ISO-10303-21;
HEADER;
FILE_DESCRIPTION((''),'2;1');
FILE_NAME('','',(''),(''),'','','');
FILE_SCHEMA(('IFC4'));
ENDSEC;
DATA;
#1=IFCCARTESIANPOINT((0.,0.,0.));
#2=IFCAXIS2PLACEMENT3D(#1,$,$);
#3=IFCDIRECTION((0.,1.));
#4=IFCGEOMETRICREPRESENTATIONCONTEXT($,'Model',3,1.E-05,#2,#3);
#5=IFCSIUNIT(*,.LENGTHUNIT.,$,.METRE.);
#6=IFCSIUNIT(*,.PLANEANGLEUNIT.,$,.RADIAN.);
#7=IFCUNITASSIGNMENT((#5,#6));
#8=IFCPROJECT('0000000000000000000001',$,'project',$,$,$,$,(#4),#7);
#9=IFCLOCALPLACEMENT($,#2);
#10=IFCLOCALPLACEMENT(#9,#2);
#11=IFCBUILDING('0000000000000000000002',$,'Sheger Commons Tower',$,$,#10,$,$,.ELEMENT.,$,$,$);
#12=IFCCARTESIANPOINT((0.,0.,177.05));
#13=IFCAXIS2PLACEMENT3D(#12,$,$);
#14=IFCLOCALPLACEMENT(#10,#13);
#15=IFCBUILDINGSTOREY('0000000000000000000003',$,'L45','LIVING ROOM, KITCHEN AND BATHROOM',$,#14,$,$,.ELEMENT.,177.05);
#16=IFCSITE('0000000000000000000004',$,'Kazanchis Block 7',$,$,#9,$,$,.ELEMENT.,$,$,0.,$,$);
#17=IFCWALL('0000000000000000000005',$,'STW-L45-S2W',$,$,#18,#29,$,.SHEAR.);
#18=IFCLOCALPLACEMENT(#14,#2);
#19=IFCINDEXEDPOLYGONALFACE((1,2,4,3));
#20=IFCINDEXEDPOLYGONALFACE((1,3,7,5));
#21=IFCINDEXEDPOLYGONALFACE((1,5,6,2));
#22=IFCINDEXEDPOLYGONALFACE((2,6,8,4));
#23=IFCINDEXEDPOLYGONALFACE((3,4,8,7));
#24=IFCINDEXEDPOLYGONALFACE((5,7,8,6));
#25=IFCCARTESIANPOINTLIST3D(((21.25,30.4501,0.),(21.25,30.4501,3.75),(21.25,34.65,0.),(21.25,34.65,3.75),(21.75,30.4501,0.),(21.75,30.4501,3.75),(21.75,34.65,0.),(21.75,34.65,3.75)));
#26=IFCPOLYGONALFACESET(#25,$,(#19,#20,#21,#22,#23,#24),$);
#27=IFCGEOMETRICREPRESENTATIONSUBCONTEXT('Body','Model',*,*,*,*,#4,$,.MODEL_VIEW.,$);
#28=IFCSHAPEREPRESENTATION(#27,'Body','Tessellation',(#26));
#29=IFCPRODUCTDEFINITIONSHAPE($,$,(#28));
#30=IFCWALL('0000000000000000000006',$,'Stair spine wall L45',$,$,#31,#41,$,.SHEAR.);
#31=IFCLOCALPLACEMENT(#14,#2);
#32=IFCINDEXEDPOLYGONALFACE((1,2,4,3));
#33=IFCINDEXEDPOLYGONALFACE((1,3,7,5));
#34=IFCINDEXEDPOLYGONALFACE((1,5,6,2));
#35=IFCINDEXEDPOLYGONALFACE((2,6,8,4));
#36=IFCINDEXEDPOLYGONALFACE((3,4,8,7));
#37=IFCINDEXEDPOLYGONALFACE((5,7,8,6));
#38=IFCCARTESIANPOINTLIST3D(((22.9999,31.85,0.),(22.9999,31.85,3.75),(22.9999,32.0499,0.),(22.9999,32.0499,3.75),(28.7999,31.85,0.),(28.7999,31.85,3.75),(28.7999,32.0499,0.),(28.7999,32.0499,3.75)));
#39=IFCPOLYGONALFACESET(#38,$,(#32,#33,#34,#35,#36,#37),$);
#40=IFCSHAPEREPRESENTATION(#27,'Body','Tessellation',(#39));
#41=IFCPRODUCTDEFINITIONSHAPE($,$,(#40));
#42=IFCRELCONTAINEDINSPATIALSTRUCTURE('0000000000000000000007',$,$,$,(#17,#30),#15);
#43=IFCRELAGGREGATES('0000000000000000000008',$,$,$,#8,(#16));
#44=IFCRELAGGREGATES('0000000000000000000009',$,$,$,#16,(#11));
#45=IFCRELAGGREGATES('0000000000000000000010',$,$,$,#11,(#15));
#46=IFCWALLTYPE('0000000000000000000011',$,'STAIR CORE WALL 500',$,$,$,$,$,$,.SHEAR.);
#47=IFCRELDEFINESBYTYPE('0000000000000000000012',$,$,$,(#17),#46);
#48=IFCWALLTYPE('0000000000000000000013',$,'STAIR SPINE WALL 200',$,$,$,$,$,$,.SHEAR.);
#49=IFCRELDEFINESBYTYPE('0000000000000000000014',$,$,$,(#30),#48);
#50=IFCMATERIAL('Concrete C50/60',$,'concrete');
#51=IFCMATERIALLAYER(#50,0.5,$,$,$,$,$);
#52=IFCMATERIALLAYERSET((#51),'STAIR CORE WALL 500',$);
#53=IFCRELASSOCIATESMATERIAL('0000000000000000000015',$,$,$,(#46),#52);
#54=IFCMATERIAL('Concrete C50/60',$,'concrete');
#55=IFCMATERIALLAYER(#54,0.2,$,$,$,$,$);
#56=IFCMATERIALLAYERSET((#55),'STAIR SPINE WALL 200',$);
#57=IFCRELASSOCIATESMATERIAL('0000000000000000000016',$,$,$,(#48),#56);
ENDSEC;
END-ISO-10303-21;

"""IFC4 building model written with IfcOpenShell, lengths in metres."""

from ifc_helpers import new_model, si_unit, direction, frame, frame_2d, origin, place, context, subcontext, project, spatial, rectangle, extrude, material, layer, layer_set, type_object, element, save


model = new_model("IFC4")

# Units and contexts
model_context = context("Model", 3, precision=1e-05, world=origin(), true_north=direction((0.0, 1.0)))
body_context = subcontext(model_context, "Body", "Model", "MODEL_VIEW")
ifc_project = project(units=[si_unit("LENGTHUNIT", "METRE"), si_unit("PLANEANGLEUNIT", "RADIAN")], contexts=[model_context])

# Site, building, storey
site_placement = place(None, origin())
site = spatial("IfcSite", under=ifc_project, at=site_placement, Name="Kazanchis Block 7", CompositionType="ELEMENT", RefElevation=0.0)
building_placement = place(site_placement, origin())
building = spatial("IfcBuilding", under=site, at=building_placement, Name="Sheger Commons Tower", CompositionType="ELEMENT")
storey_placement = place(building_placement, frame((0.0, 0.0, 177.05)))
storey = spatial("IfcBuildingStorey", under=building, at=storey_placement, Name="L45", Description="LIVING ROOM, KITCHEN AND BATHROOM", CompositionType="ELEMENT", Elevation=177.05)

# Walls
ifc_material_1 = material(Name="Concrete C50/60", Category="concrete")
ifc_layer_1 = layer(ifc_material_1, 0.5)
ifc_layer_set_1 = layer_set([ifc_layer_1], Name="STAIR CORE WALL 500")
wall_type_1 = type_object("IfcWallType", Name="STAIR CORE WALL 500", PredefinedType="SHEAR", material=ifc_layer_set_1)
wall_1_placement = place(storey_placement, frame((21.5, 30.45, 0.0), z_axis=(0.0, 0.0, 1.0), x_axis=(0.0, 1.0, 0.0)))
element("IfcWall", 1, at=wall_1_placement, inside=storey, type_object=wall_type_1, Name="STW-L45-S2W", PredefinedType="SHEAR", context=body_context, shape_type="SweptSolid", body=[
    extrude(rectangle(XDim=4.2, YDim=0.5, at=frame_2d((2.1001, 0.0))), origin(), (0.0, 0.0, 1.0), 3.75),
])
ifc_material_2 = material(Name="Concrete C50/60", Category="concrete")
ifc_layer_2 = layer(ifc_material_2, 0.2)
ifc_layer_set_2 = layer_set([ifc_layer_2], Name="STAIR SPINE WALL 200")
wall_type_2 = type_object("IfcWallType", Name="STAIR SPINE WALL 200", PredefinedType="SHEAR", material=ifc_layer_set_2)
wall_2_placement = place(storey_placement, frame((23.0, 31.95, 0.0), z_axis=(0.0, 0.0, 1.0), x_axis=(1.0, 0.0, 0.0)))
element("IfcWall", 2, at=wall_2_placement, inside=storey, type_object=wall_type_2, Name="Stair spine wall L45", PredefinedType="SHEAR", context=body_context, shape_type="SweptSolid", body=[
    extrude(rectangle(XDim=5.8, YDim=0.2, at=frame_2d((2.8999, 0.0))), origin(), (0.0, 0.0, 1.0), 3.75),
])

save(model, "model.ifc")
